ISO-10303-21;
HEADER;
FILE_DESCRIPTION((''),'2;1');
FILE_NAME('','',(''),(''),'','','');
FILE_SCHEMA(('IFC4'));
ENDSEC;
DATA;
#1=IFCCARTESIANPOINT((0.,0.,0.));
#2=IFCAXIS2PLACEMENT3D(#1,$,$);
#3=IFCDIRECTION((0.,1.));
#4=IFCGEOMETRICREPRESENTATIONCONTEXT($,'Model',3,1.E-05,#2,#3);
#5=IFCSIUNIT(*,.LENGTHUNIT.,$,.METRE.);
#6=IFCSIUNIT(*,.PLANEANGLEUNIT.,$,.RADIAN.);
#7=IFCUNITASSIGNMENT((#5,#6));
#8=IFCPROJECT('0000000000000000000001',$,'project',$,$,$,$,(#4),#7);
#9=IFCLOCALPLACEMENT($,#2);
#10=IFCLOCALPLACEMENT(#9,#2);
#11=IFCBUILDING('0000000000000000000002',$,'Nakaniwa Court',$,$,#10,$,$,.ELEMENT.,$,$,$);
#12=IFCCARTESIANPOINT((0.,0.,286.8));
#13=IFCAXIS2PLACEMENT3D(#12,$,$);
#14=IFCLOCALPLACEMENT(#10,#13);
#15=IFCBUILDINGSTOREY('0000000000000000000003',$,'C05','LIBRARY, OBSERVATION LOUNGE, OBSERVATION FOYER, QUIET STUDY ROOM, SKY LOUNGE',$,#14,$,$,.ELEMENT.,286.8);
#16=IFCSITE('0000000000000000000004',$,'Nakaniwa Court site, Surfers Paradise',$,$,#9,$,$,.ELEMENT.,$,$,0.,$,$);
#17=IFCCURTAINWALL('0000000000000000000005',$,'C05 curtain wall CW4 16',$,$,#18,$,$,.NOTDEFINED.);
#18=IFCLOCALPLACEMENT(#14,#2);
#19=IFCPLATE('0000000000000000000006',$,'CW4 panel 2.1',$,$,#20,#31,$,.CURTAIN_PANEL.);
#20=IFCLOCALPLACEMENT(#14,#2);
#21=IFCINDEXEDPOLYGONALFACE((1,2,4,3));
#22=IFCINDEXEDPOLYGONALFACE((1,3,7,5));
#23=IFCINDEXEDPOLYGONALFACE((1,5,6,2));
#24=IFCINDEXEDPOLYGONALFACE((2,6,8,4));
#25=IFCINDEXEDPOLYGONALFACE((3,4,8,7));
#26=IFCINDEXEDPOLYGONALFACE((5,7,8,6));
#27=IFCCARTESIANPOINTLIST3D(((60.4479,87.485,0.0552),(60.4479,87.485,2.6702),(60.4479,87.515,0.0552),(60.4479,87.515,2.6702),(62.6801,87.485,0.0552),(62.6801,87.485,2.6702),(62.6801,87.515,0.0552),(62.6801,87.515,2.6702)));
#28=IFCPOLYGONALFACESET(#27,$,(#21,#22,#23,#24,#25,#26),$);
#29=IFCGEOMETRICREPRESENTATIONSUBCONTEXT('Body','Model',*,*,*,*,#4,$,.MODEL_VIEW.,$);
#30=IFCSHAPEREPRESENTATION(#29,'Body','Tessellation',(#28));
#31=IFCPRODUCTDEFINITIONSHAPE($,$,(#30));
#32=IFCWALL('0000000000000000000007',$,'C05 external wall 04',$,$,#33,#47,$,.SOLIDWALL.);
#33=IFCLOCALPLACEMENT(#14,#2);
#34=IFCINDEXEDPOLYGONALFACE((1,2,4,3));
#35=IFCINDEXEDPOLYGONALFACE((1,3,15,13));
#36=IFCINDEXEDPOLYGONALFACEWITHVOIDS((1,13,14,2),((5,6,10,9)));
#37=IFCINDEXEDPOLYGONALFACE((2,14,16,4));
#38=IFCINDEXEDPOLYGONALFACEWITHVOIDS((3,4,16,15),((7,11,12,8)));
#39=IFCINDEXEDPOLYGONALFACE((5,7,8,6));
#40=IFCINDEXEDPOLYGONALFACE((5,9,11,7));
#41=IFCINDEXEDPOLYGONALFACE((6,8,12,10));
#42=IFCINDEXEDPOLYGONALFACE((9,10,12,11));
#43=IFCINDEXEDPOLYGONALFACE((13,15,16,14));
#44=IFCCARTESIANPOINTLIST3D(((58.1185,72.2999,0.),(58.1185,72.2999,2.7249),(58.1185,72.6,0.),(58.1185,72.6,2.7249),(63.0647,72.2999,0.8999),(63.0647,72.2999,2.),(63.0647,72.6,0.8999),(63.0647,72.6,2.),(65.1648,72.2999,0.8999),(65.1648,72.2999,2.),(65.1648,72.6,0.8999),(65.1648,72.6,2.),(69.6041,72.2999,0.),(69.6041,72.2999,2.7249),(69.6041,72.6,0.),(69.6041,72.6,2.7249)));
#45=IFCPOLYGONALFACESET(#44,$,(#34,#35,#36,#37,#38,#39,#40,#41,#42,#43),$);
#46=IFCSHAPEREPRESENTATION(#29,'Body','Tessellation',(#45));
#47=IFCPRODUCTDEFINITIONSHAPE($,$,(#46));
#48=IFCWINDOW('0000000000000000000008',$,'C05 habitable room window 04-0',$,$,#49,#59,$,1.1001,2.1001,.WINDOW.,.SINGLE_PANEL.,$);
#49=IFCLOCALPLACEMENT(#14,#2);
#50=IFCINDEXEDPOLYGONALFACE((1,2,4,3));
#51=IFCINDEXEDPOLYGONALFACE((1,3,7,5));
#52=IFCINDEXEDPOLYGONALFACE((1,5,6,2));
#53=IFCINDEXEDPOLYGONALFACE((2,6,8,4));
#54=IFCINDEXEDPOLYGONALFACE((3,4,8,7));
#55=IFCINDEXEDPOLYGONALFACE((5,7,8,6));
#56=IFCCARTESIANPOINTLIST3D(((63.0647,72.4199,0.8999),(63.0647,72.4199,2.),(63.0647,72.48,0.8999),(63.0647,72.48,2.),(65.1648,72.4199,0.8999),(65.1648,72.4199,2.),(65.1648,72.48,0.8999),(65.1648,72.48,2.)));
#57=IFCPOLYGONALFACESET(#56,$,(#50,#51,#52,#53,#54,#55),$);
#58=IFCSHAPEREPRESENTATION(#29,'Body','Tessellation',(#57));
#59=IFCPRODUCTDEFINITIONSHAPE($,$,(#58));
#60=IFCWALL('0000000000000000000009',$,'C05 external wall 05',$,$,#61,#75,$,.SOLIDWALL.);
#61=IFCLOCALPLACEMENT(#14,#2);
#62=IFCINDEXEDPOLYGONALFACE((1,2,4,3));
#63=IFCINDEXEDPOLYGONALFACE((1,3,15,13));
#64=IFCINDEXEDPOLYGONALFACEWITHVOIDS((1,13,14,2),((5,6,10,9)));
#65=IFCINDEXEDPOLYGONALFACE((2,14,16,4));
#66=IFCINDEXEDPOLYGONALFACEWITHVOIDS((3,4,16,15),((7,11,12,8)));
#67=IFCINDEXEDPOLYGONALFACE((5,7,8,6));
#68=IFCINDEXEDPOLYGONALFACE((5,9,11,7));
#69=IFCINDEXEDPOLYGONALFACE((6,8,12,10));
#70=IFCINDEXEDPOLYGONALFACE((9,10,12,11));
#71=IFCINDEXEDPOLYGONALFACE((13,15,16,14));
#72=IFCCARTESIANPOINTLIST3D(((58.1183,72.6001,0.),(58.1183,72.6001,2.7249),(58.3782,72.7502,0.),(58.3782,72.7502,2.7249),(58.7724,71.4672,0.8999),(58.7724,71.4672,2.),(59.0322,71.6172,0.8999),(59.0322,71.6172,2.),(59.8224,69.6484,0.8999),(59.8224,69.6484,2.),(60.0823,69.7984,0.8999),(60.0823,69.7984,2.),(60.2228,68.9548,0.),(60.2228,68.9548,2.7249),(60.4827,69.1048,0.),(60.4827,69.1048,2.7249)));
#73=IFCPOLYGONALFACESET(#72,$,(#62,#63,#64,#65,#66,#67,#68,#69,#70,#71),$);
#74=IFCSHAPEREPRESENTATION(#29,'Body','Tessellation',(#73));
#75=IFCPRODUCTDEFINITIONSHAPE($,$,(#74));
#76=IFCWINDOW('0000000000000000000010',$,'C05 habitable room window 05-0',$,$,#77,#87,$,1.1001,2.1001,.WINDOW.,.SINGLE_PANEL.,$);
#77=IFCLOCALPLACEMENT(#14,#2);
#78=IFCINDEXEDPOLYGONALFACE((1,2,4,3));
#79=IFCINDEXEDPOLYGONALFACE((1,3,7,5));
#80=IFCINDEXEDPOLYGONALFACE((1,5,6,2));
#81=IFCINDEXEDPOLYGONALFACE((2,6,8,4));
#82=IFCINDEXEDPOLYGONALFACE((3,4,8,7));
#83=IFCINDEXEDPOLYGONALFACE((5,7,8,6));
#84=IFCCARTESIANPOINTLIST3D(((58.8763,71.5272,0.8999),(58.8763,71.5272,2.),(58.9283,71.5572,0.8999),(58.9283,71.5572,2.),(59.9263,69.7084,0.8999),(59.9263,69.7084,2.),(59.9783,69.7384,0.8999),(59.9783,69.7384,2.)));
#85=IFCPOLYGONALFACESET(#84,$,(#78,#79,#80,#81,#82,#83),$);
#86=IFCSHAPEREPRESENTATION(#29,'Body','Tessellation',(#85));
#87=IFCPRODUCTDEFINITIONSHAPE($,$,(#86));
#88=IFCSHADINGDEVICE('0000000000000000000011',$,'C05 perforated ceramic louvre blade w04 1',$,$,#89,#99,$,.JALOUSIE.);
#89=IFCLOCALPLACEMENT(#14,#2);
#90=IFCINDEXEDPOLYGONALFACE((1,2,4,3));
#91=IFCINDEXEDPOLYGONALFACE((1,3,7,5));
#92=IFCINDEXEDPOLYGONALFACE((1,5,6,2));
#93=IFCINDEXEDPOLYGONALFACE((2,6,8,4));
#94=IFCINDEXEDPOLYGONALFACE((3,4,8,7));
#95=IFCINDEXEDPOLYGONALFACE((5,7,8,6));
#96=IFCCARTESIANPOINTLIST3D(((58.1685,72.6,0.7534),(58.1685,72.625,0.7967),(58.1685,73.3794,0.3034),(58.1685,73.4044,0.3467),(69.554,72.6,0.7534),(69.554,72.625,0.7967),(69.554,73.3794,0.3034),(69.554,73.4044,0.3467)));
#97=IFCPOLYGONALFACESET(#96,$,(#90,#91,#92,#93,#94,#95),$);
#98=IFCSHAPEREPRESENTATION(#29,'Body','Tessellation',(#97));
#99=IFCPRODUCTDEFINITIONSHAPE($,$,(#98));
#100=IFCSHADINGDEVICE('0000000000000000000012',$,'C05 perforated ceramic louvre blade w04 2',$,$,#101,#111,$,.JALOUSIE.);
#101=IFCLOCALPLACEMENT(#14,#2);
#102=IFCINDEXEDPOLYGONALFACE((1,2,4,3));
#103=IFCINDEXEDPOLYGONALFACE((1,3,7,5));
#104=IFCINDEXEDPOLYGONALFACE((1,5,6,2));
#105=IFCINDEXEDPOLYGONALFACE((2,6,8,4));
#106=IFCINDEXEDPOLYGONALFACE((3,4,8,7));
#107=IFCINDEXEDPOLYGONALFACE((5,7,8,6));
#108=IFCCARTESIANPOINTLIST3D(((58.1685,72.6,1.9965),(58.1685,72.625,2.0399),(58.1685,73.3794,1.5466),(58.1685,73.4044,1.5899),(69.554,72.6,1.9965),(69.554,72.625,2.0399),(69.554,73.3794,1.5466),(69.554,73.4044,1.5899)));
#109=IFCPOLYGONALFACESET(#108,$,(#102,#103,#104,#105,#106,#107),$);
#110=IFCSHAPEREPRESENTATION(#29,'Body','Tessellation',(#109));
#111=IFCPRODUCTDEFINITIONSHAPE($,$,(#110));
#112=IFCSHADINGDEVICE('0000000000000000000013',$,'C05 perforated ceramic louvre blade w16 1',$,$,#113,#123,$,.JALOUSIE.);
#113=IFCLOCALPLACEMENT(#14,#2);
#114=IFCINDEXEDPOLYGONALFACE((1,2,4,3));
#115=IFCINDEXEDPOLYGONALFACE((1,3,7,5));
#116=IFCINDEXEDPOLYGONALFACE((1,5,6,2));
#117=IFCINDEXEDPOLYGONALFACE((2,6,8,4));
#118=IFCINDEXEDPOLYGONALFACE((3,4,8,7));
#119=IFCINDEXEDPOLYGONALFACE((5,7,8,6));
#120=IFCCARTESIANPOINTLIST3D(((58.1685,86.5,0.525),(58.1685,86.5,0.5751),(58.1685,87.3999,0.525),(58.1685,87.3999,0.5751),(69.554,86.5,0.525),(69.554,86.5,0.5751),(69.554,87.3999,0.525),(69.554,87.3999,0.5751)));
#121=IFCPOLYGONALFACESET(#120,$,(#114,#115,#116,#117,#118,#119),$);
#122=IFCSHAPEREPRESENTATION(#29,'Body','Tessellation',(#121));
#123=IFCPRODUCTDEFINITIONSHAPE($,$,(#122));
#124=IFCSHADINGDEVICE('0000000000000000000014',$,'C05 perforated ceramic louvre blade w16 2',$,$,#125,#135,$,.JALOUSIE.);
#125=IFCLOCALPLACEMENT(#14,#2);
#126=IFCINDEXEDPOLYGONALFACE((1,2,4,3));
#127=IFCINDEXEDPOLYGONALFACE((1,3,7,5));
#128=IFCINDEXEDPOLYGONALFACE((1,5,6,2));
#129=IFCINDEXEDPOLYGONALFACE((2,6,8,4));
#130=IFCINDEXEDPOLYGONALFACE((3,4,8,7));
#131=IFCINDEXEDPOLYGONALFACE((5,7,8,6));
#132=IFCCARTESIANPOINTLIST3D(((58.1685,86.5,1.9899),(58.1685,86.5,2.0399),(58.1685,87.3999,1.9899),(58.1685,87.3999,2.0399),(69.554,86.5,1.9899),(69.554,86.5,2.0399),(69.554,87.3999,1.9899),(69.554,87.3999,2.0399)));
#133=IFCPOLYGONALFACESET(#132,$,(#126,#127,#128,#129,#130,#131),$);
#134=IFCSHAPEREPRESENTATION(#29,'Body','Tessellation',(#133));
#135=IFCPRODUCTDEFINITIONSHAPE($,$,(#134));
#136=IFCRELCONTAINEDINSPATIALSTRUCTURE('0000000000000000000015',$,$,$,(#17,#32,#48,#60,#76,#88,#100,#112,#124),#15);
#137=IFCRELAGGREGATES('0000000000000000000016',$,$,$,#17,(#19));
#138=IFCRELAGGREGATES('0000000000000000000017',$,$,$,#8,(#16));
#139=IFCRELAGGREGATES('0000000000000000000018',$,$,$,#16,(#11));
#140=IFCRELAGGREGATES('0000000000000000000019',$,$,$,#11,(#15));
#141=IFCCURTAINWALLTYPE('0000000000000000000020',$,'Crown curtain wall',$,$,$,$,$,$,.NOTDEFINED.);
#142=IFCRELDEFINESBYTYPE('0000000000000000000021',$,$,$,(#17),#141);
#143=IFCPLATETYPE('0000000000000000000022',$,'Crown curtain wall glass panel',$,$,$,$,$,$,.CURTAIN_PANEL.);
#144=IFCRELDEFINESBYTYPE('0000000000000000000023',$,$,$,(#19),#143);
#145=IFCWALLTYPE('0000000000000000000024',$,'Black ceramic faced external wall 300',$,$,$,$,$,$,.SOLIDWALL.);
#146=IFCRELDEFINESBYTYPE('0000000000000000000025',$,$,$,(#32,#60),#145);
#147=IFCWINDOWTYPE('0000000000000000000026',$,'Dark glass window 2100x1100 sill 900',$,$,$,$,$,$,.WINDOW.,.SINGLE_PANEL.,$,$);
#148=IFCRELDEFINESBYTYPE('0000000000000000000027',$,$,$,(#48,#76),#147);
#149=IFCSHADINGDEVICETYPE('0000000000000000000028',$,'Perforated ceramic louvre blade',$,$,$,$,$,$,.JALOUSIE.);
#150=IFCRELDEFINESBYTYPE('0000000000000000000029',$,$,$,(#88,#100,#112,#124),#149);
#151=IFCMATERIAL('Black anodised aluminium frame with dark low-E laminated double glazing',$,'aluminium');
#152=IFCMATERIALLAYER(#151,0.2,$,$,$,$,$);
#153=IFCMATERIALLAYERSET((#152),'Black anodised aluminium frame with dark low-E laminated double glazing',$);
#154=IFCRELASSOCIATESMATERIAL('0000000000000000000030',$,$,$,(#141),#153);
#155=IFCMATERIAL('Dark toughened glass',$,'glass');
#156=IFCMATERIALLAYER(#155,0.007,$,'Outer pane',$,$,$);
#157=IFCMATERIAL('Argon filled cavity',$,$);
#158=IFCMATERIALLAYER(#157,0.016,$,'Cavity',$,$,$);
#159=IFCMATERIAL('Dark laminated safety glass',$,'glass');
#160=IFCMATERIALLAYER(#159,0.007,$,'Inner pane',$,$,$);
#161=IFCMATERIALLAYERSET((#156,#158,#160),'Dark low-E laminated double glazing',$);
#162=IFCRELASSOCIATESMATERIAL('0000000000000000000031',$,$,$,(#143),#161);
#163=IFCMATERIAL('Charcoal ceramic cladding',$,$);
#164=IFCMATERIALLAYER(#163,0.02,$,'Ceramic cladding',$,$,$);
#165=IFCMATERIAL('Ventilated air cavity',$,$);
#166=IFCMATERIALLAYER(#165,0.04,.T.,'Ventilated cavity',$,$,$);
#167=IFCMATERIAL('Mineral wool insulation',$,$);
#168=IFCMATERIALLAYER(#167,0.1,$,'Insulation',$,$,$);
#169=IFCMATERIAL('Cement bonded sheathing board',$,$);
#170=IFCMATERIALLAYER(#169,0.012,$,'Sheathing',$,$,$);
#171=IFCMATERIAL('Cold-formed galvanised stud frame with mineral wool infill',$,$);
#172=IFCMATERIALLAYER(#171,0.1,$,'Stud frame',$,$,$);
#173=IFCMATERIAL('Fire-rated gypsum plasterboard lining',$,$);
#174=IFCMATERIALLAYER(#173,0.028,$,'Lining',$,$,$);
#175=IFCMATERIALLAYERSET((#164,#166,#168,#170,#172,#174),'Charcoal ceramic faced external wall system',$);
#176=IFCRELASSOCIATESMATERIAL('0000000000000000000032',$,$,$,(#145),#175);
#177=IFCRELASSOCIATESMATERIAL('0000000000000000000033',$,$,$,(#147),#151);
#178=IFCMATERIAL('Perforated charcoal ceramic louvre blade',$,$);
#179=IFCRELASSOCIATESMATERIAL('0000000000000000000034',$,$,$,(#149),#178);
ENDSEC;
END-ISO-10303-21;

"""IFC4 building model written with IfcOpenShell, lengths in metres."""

from ifc_helpers import new_model, si_unit, direction, frame, frame_2d, origin, origin_2d, place, context, subcontext, project, spatial, rectangle, extrude, material, layer, layer_set, material_profile, profile_set, type_object, element, fill, aggregate, save


model = new_model("IFC4")

# Units and contexts
model_context = context("Model", 3, precision=1e-05, world=origin(), true_north=direction((0.0, 1.0)))
body_context = subcontext(model_context, "Body", "Model", "MODEL_VIEW")
ifc_project = project(units=[si_unit("LENGTHUNIT", "METRE"), si_unit("PLANEANGLEUNIT", "RADIAN")], contexts=[model_context])

# Site, building, storey
site_placement = place(None, origin())
site = spatial("IfcSite", under=ifc_project, at=site_placement, Name="Nakaniwa Court site, Surfers Paradise", CompositionType="ELEMENT", RefElevation=0.0)
building_placement = place(site_placement, origin())
building = spatial("IfcBuilding", under=site, at=building_placement, Name="Nakaniwa Court", CompositionType="ELEMENT")
storey_placement = place(building_placement, frame((0.0, 0.0, 286.8)))
storey = spatial("IfcBuildingStorey", under=building, at=storey_placement, Name="C05", Description="LIBRARY, OBSERVATION LOUNGE, OBSERVATION FOYER, QUIET STUDY ROOM, SKY LOUNGE", CompositionType="ELEMENT", Elevation=286.8)

# Shared definitions
ifc_material_1 = material(Name="Black anodised aluminium frame with dark low-E laminated double glazing", Category="aluminium")
ifc_layer_1 = layer(ifc_material_1, 0.2)
ifc_layer_set_1 = layer_set([ifc_layer_1], Name="Black anodised aluminium frame with dark low-E laminated double glazing")
curtain_wall_type = type_object("IfcCurtainWallType", Name="Crown curtain wall", PredefinedType="NOTDEFINED", material=ifc_layer_set_1)

# Curtain wall, plate
curtain_wall_1_placement = place(storey_placement, origin())
curtain_wall_1 = element("IfcCurtainWall", 1, at=curtain_wall_1_placement, inside=storey, type_object=curtain_wall_type, Name="C05 curtain wall CW4 16", PredefinedType="NOTDEFINED")
ifc_material_2 = material(Name="Dark toughened glass", Category="glass")
ifc_layer_2 = layer(ifc_material_2, 0.007, Name="Outer pane")
ifc_material_3 = material(Name="Argon filled cavity")
ifc_layer_3 = layer(ifc_material_3, 0.016, Name="Cavity")
ifc_material_4 = material(Name="Dark laminated safety glass", Category="glass")
ifc_layer_4 = layer(ifc_material_4, 0.007, Name="Inner pane")
ifc_layer_set_2 = layer_set([ifc_layer_2, ifc_layer_3, ifc_layer_4], Name="Dark low-E laminated double glazing")
plate_type = type_object("IfcPlateType", Name="Crown curtain wall glass panel", PredefinedType="CURTAIN_PANEL", material=ifc_layer_set_2)
plate_1_placement = place(storey_placement, frame((61.564, 87.5, 0.0552), z_axis=(0.0, 0.0, 1.0), x_axis=(1.0, 0.0, 0.0)))
plate_1 = element("IfcPlate", 2, at=plate_1_placement, type_object=plate_type, Name="CW4 panel 2.1", PredefinedType="CURTAIN_PANEL", context=body_context, shape_type="SweptSolid", body=[
    extrude(rectangle(XDim=2.2322, YDim=0.03, at=origin_2d()), origin(), (0.0, 0.0, 1.0), 2.615),
])
aggregate(curtain_wall_1, [plate_1])

# Walls, openings, windows
ifc_material_5 = material(Name="Charcoal ceramic cladding")
ifc_layer_5 = layer(ifc_material_5, 0.02, Name="Ceramic cladding")
ifc_material_6 = material(Name="Ventilated air cavity")
ifc_layer_6 = layer(ifc_material_6, 0.04, ventilated=True, Name="Ventilated cavity")
ifc_material_7 = material(Name="Mineral wool insulation")
ifc_layer_7 = layer(ifc_material_7, 0.1, Name="Insulation")
ifc_material_8 = material(Name="Cement bonded sheathing board")
ifc_layer_8 = layer(ifc_material_8, 0.012, Name="Sheathing")
ifc_material_9 = material(Name="Cold-formed galvanised stud frame with mineral wool infill")
ifc_layer_9 = layer(ifc_material_9, 0.1, Name="Stud frame")
ifc_material_10 = material(Name="Fire-rated gypsum plasterboard lining")
ifc_layer_10 = layer(ifc_material_10, 0.028, Name="Lining")
ifc_layer_set_3 = layer_set([ifc_layer_5, ifc_layer_6, ifc_layer_7, ifc_layer_8, ifc_layer_9, ifc_layer_10], Name="Charcoal ceramic faced external wall system")
wall_type = type_object("IfcWallType", Name="Black ceramic faced external wall 300", PredefinedType="SOLIDWALL", material=ifc_layer_set_3)
wall_1_placement = place(storey_placement, frame((69.604, 72.45, 0.0), z_axis=(0.0, 0.0, 1.0), x_axis=(-1.0, 0.0, 0.0)))
wall_1 = element("IfcWall", 3, at=wall_1_placement, inside=storey, type_object=wall_type, Name="C05 external wall 04", PredefinedType="SOLIDWALL", context=body_context, shape_type="SweptSolid", body=[
    extrude(rectangle(XDim=11.4856, YDim=0.3, at=frame_2d((5.7427, 0.0))), origin(), (0.0, 0.0, 1.0), 2.7249),
])
opening_1_placement = place(wall_1_placement, frame((4.4392, 0.0, 0.8999)))
opening_1 = element("IfcOpeningElement", 4, at=opening_1_placement, cuts=wall_1, PredefinedType="OPENING", context=body_context, shape_type="SweptSolid", body=[
    extrude(rectangle(XDim=2.1001, YDim=1.1001, at=frame_2d((1.05, 0.55))), frame((0.0, 0.1599, 0.0), z_axis=(0.0, -1.0, 0.0), x_axis=(1.0, 0.0, 0.0)), (0.0, 0.0, 1.0), 0.3201),
])
window_type = type_object("IfcWindowType", Name="Dark glass window 2100x1100 sill 900", PartitioningType="SINGLE_PANEL", PredefinedType="WINDOW", material=ifc_material_1)
window_1_placement = place(opening_1_placement, origin())
window_1 = element("IfcWindow", 5, at=window_1_placement, inside=storey, type_object=window_type, Name="C05 habitable room window 04-0", OverallHeight=1.1001, OverallWidth=2.1001, PartitioningType="SINGLE_PANEL", PredefinedType="WINDOW", context=body_context, shape_type="SweptSolid", body=[
    extrude(rectangle(XDim=2.1001, YDim=1.1001, at=frame_2d((1.05, 0.55))), frame((0.0, 0.03, 0.0), z_axis=(0.0, -1.0, 0.0), x_axis=(1.0, 0.0, 0.0)), (0.0, 0.0, 1.0), 0.0601),
])
fill(opening_1, window_1)
wall_2_placement = place(storey_placement, frame((58.2483, 72.675, 0.0), z_axis=(0.0, 0.0, 1.0), x_axis=(0.499982, -0.866036, 0.0)))
wall_2 = element("IfcWall", 6, at=wall_2_placement, inside=storey, type_object=wall_type, Name="C05 external wall 05", PredefinedType="SOLIDWALL", context=body_context, shape_type="SweptSolid", body=[
    extrude(rectangle(XDim=4.2092, YDim=0.3, at=frame_2d((2.1045, 0.0))), origin(), (0.0, 0.0, 1.0), 2.7249),
])
opening_2_placement = place(wall_2_placement, frame((1.3081, 0.0, 0.8999)))
opening_2 = element("IfcOpeningElement", 7, at=opening_2_placement, cuts=wall_2, PredefinedType="OPENING", context=body_context, shape_type="SweptSolid", body=[
    extrude(rectangle(XDim=2.1001, YDim=1.1001, at=frame_2d((1.05, 0.55))), frame((0.0, 0.1599, 0.0), z_axis=(0.0, -1.0, 0.0), x_axis=(1.0, 0.0, 0.0)), (0.0, 0.0, 1.0), 0.3201),
])
window_2_placement = place(opening_2_placement, origin())
window_2 = element("IfcWindow", 8, at=window_2_placement, inside=storey, type_object=window_type, Name="C05 habitable room window 05-0", OverallHeight=1.1001, OverallWidth=2.1001, PartitioningType="SINGLE_PANEL", PredefinedType="WINDOW", context=body_context, shape_type="SweptSolid", body=[
    extrude(rectangle(XDim=2.1001, YDim=1.1001, at=frame_2d((1.05, 0.55))), frame((0.0, 0.03, 0.0), z_axis=(0.0, -1.0, 0.0), x_axis=(1.0, 0.0, 0.0)), (0.0, 0.0, 1.0), 0.0601),
])
fill(opening_2, window_2)

# Shading devices
ifc_material_11 = material(Name="Perforated charcoal ceramic louvre blade")
ifc_material_profile_1 = material_profile(ifc_material_11, rectangle(XDim=0.8999, YDim=0.05, at=origin_2d()), Name="Perforated ceramic louvre blade")
ifc_profile_set_1 = profile_set([ifc_material_profile_1], Name="Perforated charcoal ceramic louvre blade")
shading_device_type = type_object("IfcShadingDeviceType", Name="Perforated ceramic louvre blade", PredefinedType="JALOUSIE", material=ifc_profile_set_1)
for number, where, z_axis, x_axis, name in (
    (9, (69.554, 73.0022, 0.55), (-1.0, 0.0, 0.0), (0.0, -0.866025, 0.5), "C05 perforated ceramic louvre blade w04 1"),
    (10, (69.554, 73.0022, 1.7932), (-1.0, 0.0, 0.0), (0.0, -0.866025, 0.5), "C05 perforated ceramic louvre blade w04 2"),
    (11, (58.1685, 86.95, 0.55), (1.0, 0.0, 0.0), (0.0, 1.0, 0.0), "C05 perforated ceramic louvre blade w16 1"),
    (12, (58.1685, 86.95, 2.0149), (1.0, 0.0, 0.0), (0.0, 1.0, 0.0), "C05 perforated ceramic louvre blade w16 2"),
):
    element("IfcShadingDevice", number, at=place(storey_placement, frame(where, z_axis=z_axis, x_axis=x_axis)), inside=storey, type_object=shading_device_type, Name=name, PredefinedType="JALOUSIE", context=body_context, shape_type="SweptSolid", body=[
        extrude(rectangle(XDim=0.8999, YDim=0.05, at=origin_2d()), origin(), (0.0, 0.0, 1.0), 11.3855),
    ])

save(model, "model.ifc")
